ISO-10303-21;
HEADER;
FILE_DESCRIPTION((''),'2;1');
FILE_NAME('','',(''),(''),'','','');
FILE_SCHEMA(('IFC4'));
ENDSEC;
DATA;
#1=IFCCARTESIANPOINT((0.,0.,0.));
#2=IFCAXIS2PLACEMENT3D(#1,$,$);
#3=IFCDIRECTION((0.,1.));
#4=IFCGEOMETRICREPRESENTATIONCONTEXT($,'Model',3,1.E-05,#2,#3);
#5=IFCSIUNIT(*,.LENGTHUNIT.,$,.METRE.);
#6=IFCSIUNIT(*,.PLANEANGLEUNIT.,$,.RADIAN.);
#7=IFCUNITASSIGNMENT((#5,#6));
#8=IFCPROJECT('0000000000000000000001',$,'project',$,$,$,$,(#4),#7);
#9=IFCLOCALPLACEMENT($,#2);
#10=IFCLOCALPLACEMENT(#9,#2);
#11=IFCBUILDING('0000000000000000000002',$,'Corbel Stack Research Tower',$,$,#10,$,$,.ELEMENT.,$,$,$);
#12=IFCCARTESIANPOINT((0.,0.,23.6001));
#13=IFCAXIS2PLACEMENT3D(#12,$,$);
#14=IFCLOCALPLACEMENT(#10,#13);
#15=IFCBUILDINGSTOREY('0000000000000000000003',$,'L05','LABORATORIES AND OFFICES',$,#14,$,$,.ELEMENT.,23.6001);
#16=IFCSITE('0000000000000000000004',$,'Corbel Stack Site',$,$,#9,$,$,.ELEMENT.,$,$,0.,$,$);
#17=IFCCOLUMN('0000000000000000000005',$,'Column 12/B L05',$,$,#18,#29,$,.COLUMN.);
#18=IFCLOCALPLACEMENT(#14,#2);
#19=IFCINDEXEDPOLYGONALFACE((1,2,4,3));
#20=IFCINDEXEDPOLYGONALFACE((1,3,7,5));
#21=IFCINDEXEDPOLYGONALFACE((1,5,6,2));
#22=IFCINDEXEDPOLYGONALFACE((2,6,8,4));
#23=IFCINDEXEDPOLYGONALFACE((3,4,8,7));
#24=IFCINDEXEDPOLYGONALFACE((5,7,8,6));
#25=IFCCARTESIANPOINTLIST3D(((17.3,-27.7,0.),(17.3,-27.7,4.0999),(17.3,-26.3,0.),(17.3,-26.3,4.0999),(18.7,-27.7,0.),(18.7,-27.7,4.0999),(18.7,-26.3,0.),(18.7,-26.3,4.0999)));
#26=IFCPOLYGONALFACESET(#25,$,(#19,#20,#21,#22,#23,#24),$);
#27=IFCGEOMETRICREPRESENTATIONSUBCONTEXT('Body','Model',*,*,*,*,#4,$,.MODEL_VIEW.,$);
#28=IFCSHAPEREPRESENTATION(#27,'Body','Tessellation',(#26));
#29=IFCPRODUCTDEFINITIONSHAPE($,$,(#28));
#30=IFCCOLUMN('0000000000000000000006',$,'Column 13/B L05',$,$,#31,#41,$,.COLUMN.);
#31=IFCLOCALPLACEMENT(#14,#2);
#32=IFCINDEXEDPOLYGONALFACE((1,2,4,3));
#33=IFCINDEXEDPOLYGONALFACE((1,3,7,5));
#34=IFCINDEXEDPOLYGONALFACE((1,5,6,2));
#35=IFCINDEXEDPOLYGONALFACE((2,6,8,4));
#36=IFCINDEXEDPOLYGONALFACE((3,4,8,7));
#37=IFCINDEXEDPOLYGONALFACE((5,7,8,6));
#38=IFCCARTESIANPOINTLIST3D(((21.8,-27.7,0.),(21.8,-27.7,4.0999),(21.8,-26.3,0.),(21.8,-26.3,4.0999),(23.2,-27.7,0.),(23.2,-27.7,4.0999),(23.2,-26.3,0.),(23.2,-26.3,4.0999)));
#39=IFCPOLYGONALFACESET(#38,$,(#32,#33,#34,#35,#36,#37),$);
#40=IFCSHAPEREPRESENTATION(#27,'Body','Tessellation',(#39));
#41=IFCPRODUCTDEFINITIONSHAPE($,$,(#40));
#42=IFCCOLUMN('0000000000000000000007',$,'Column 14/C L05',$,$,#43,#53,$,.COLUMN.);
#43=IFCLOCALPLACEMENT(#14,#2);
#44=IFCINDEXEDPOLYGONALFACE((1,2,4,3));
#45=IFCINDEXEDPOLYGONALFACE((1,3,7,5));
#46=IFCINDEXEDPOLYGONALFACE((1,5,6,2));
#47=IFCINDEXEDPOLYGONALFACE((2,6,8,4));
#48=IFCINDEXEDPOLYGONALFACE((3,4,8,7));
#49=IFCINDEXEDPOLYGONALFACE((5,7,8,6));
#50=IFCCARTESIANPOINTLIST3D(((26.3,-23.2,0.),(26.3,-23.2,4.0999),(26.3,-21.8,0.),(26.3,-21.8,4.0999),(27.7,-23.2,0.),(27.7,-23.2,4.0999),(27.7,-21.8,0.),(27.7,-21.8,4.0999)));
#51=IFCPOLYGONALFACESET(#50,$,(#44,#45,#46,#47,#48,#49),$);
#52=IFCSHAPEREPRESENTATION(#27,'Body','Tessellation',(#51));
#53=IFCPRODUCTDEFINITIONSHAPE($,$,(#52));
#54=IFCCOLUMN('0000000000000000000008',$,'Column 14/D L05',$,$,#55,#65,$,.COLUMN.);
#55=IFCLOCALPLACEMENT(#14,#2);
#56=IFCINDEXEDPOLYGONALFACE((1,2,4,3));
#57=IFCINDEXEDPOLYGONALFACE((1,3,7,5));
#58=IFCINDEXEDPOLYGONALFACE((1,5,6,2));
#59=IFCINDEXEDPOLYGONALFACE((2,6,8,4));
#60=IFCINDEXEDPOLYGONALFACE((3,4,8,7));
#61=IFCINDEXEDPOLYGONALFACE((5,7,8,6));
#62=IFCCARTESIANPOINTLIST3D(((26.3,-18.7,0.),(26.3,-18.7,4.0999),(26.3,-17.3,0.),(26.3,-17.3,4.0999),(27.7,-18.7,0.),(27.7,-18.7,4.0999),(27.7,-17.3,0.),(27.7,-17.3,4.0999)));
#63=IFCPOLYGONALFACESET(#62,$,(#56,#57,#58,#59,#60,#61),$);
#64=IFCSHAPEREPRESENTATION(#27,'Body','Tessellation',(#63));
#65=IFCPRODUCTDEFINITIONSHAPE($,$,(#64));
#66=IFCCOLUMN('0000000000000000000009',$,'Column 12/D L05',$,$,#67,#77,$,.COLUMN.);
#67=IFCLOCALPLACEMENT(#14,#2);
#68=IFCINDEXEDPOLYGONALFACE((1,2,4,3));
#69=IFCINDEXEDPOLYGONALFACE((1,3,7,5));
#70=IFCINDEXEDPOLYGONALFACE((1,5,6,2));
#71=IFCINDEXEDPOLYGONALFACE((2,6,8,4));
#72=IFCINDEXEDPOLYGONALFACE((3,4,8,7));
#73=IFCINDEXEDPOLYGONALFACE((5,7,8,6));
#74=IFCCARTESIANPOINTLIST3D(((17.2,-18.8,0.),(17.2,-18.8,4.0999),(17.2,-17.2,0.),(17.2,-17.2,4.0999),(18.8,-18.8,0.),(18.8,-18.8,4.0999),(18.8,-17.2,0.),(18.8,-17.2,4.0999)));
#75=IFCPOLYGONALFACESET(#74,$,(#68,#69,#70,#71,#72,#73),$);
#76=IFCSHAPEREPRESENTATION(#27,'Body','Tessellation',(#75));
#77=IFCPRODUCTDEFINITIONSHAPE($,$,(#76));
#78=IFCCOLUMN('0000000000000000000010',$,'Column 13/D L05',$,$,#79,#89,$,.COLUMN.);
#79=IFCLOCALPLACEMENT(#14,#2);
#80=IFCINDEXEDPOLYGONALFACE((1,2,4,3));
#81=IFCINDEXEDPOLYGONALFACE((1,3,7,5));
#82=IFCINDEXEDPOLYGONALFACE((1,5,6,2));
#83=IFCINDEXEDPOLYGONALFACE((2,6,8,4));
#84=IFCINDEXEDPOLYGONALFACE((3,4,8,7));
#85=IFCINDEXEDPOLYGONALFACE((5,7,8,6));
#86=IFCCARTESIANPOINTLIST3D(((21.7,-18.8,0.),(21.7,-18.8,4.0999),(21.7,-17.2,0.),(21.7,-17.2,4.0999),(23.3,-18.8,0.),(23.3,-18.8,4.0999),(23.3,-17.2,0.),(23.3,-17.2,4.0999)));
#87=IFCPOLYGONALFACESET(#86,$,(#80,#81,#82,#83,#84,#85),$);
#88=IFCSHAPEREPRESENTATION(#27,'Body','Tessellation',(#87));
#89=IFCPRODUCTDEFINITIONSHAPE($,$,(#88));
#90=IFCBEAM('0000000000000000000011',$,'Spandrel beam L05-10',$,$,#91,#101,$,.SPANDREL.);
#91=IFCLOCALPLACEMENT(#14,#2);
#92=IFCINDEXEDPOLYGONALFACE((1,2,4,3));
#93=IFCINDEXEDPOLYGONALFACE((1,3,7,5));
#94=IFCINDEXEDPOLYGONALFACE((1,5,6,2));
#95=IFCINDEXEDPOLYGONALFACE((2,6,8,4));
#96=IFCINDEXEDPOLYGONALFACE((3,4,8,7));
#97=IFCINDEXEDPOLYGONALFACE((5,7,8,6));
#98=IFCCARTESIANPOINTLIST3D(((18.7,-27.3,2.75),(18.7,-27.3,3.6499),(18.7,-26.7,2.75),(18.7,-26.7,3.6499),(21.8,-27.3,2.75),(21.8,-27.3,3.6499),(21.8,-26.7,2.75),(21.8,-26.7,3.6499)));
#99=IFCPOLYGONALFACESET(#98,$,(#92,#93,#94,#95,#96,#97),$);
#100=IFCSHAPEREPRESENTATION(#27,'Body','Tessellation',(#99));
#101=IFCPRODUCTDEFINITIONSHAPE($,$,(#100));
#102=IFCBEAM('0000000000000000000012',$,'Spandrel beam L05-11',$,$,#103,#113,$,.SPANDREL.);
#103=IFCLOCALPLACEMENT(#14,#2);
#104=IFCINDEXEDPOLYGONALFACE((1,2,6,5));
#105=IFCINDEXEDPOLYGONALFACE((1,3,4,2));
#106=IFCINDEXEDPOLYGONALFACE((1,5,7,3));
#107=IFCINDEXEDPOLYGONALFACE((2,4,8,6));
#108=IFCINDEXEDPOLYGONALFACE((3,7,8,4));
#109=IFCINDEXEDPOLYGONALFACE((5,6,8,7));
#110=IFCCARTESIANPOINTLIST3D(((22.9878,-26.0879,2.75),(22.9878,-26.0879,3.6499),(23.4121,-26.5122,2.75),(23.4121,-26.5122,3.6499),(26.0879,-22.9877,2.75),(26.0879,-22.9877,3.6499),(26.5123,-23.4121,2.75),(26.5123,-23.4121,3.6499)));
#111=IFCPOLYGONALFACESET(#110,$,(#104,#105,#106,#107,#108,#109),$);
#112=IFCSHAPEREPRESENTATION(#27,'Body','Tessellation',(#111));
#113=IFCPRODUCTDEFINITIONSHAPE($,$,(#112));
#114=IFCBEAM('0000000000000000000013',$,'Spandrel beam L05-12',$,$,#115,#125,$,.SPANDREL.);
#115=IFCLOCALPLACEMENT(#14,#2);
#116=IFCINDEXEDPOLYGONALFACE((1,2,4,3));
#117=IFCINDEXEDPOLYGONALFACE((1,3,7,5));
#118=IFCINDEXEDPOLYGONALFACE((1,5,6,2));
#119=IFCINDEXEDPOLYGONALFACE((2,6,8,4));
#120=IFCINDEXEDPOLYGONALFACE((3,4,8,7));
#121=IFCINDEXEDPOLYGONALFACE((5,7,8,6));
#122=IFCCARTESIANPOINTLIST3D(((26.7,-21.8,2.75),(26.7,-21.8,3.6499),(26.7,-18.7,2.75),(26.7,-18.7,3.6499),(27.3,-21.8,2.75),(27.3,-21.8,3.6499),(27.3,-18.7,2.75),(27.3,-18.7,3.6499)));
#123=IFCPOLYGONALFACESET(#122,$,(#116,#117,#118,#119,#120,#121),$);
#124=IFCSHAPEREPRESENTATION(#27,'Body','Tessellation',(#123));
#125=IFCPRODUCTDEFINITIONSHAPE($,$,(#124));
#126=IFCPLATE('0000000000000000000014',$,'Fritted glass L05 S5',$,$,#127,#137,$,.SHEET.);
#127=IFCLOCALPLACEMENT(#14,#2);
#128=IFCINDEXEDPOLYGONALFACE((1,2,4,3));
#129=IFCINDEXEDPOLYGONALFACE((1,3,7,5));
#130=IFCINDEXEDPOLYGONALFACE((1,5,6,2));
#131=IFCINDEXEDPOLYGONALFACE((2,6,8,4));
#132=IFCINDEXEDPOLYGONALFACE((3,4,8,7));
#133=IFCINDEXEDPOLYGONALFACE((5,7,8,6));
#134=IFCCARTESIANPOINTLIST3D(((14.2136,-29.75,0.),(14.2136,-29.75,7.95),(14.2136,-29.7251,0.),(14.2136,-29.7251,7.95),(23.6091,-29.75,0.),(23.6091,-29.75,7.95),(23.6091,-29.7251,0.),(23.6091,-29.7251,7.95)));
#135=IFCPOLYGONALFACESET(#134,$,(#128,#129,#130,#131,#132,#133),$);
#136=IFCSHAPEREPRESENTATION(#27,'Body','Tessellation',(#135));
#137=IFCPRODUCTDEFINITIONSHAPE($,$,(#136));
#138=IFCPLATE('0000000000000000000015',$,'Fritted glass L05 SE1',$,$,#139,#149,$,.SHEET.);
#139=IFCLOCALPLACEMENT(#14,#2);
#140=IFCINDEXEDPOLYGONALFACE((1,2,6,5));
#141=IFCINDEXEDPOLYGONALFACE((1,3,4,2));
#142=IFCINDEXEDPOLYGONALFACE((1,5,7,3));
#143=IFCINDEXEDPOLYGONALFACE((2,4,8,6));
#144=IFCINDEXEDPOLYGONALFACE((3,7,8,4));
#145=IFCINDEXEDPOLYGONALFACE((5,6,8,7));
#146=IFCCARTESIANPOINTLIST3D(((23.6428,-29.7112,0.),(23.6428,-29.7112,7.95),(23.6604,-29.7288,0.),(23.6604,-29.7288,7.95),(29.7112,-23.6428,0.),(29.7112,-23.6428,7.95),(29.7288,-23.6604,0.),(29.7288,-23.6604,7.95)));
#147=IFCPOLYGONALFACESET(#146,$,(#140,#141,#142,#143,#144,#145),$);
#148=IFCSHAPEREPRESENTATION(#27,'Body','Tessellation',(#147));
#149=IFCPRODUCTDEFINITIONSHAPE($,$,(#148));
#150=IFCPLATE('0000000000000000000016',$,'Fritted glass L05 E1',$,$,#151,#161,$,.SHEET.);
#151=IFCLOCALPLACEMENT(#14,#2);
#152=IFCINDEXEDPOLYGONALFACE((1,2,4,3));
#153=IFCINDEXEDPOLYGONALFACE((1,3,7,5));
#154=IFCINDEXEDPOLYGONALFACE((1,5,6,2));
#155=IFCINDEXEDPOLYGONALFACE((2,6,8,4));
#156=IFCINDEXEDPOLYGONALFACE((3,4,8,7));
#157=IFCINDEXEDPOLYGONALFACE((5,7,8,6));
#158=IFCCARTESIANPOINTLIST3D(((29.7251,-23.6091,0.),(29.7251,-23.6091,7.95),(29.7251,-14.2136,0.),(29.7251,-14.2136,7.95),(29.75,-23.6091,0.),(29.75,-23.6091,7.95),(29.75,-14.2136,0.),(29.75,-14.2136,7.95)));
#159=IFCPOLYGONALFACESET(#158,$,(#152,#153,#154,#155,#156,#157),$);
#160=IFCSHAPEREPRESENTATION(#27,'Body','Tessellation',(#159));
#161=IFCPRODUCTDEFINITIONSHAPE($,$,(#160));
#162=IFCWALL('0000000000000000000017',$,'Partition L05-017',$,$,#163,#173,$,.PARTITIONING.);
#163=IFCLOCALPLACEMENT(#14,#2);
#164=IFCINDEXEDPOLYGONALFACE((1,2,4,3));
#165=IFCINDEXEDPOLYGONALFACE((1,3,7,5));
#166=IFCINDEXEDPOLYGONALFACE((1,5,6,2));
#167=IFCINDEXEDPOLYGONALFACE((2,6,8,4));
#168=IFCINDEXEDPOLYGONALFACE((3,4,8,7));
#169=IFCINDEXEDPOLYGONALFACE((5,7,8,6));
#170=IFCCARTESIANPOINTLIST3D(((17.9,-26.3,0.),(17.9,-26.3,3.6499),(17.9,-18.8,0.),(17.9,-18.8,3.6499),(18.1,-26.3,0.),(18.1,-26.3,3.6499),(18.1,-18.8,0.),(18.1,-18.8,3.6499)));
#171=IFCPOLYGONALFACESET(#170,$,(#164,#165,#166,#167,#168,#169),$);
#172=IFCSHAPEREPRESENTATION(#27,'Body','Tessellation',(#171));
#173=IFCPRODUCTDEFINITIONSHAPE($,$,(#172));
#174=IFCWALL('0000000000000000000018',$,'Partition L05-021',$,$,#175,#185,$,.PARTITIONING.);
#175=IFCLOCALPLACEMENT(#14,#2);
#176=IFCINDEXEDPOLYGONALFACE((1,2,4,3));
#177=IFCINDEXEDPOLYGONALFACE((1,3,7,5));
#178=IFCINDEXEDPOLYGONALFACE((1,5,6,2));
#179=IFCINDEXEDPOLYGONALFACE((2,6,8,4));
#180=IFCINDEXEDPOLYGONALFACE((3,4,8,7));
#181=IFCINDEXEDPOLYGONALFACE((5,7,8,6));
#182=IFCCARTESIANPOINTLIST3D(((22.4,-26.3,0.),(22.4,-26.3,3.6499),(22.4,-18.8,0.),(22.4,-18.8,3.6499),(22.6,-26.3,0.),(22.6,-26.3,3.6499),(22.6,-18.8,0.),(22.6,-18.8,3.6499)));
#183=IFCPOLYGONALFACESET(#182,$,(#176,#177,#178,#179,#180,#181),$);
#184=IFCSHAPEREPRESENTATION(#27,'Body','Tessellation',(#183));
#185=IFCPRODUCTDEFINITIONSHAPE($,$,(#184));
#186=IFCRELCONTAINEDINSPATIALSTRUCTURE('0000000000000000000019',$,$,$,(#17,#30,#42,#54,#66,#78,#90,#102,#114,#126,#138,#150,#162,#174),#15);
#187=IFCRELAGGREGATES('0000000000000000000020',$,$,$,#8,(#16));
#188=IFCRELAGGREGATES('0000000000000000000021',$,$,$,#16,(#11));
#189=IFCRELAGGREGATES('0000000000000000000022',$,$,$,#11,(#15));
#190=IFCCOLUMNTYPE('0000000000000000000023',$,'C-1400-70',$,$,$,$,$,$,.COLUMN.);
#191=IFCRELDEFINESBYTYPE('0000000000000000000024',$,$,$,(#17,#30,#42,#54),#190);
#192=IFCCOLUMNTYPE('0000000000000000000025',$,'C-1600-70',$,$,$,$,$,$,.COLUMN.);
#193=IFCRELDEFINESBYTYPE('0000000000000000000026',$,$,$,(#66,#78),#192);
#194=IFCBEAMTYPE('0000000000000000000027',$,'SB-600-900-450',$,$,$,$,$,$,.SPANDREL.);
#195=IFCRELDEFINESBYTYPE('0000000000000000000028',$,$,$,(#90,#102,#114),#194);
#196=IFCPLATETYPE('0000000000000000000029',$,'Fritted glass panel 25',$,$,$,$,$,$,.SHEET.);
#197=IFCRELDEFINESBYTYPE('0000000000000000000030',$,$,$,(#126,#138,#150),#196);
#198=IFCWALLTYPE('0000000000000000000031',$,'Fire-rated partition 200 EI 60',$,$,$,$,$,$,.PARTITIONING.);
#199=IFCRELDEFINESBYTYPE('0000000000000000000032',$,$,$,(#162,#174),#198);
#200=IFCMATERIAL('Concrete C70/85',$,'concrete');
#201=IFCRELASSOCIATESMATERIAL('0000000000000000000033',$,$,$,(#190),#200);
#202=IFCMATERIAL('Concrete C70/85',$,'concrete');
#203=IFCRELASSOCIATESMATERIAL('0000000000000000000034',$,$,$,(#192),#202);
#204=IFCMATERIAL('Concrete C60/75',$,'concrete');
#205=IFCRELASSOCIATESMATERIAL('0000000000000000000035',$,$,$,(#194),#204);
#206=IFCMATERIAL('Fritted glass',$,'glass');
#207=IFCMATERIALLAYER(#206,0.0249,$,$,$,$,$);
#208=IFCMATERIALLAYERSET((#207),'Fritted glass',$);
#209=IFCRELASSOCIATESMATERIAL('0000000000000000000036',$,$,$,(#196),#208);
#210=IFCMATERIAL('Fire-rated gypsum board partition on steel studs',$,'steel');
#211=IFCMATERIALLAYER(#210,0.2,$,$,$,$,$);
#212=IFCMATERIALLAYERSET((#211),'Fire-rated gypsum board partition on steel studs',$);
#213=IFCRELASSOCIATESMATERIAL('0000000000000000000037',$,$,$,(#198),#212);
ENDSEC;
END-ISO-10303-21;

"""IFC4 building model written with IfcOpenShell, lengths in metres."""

from ifc_helpers import new_model, si_unit, direction, frame, frame_2d, origin, origin_2d, place, context, subcontext, project, spatial, rectangle, extrude, material, layer, layer_set, material_profile, profile_set, type_object, element, save


model = new_model("IFC4")

# Units and contexts
model_context = context("Model", 3, precision=1e-05, world=origin(), true_north=direction((0.0, 1.0)))
body_context = subcontext(model_context, "Body", "Model", "MODEL_VIEW")
ifc_project = project(units=[si_unit("LENGTHUNIT", "METRE"), si_unit("PLANEANGLEUNIT", "RADIAN")], contexts=[model_context])

# Site, building, storey
site_placement = place(None, origin())
site = spatial("IfcSite", under=ifc_project, at=site_placement, Name="Corbel Stack Site", CompositionType="ELEMENT", RefElevation=0.0)
building_placement = place(site_placement, origin())
building = spatial("IfcBuilding", under=site, at=building_placement, Name="Corbel Stack Research Tower", CompositionType="ELEMENT")
storey_placement = place(building_placement, frame((0.0, 0.0, 23.6001)))
storey = spatial("IfcBuildingStorey", under=building, at=storey_placement, Name="L05", Description="LABORATORIES AND OFFICES", CompositionType="ELEMENT", Elevation=23.6001)

# Columns
ifc_material_1 = material(Name="Concrete C70/85", Category="concrete")
ifc_material_profile_1 = material_profile(ifc_material_1, rectangle(XDim=1.3999, YDim=1.3999, at=origin_2d()), Name="RC 1400 x 1400")
ifc_profile_set_1 = profile_set([ifc_material_profile_1], Name="Concrete C70/85")
column_type_1 = type_object("IfcColumnType", Name="C-1400-70", PredefinedType="COLUMN", material=ifc_profile_set_1)
for number, where, z_axis, x_axis, name in (
    (1, (18.0, -27.0, 0.0), (0.0, 0.0, 1.0), (1.0, 0.0, 0.0), "Column 12/B L05"),
    (2, (22.5, -27.0, 0.0), (0.0, 0.0, 1.0), (1.0, 0.0, 0.0), "Column 13/B L05"),
    (3, (27.0, -22.5, 0.0), (0.0, 0.0, 1.0), (1.0, 0.0, 0.0), "Column 14/C L05"),
    (4, (27.0, -18.0, 0.0), (0.0, 0.0, 1.0), (1.0, 0.0, 0.0), "Column 14/D L05"),
):
    element("IfcColumn", number, at=place(storey_placement, frame(where, z_axis=z_axis, x_axis=x_axis)), inside=storey, type_object=column_type_1, Name=name, PredefinedType="COLUMN", context=body_context, shape_type="SweptSolid", body=[
        extrude(rectangle(XDim=1.3999, YDim=1.3999, at=origin_2d()), origin(), (0.0, 0.0, 1.0), 4.0999),
    ])
ifc_material_2 = material(Name="Concrete C70/85", Category="concrete")
ifc_material_profile_2 = material_profile(ifc_material_2, rectangle(XDim=1.6001, YDim=1.6001, at=origin_2d()), Name="RC 1600 x 1600")
ifc_profile_set_2 = profile_set([ifc_material_profile_2], Name="Concrete C70/85")
column_type_2 = type_object("IfcColumnType", Name="C-1600-70", PredefinedType="COLUMN", material=ifc_profile_set_2)
for number, where, z_axis, x_axis, name in (
    (5, (18.0, -18.0, 0.0), (0.0, 0.0, 1.0), (1.0, 0.0, 0.0), "Column 12/D L05"),
    (6, (22.5, -18.0, 0.0), (0.0, 0.0, 1.0), (1.0, 0.0, 0.0), "Column 13/D L05"),
):
    element("IfcColumn", number, at=place(storey_placement, frame(where, z_axis=z_axis, x_axis=x_axis)), inside=storey, type_object=column_type_2, Name=name, PredefinedType="COLUMN", context=body_context, shape_type="SweptSolid", body=[
        extrude(rectangle(XDim=1.6001, YDim=1.6001, at=origin_2d()), origin(), (0.0, 0.0, 1.0), 4.0999),
    ])

# Beams
ifc_material_3 = material(Name="Concrete C60/75", Category="concrete")
ifc_material_profile_3 = material_profile(ifc_material_3, rectangle(XDim=0.6001, YDim=0.8999, at=origin_2d()), Name="RC 600 x 900")
ifc_profile_set_3 = profile_set([ifc_material_profile_3], Name="Concrete C60/75")
beam_type = type_object("IfcBeamType", Name="SB-600-900-450", PredefinedType="SPANDREL", material=ifc_profile_set_3)
beam_1_placement = place(storey_placement, frame((18.7, -27.0, 3.2), z_axis=(1.0, 0.0, 0.0), x_axis=(0.0, 1.0, 0.0)))
element("IfcBeam", 7, at=beam_1_placement, inside=storey, type_object=beam_type, Name="Spandrel beam L05-10", PredefinedType="SPANDREL", context=body_context, shape_type="SweptSolid", body=[
    extrude(rectangle(XDim=0.6001, YDim=0.8999, at=origin_2d()), origin(), (0.0, 0.0, 1.0), 3.1001),
])
beam_2_placement = place(storey_placement, frame((23.2, -26.3, 3.2), z_axis=(0.707107, 0.707107, 0.0), x_axis=(-0.707107, 0.707107, 0.0)))
element("IfcBeam", 8, at=beam_2_placement, inside=storey, type_object=beam_type, Name="Spandrel beam L05-11", PredefinedType="SPANDREL", context=body_context, shape_type="SweptSolid", body=[
    extrude(rectangle(XDim=0.6001, YDim=0.8999, at=origin_2d()), origin(), (0.0, 0.0, 1.0), 4.3843),
])
beam_3_placement = place(storey_placement, frame((27.0, -21.8, 3.2), z_axis=(0.0, 1.0, 0.0), x_axis=(-1.0, 0.0, 0.0)))
element("IfcBeam", 9, at=beam_3_placement, inside=storey, type_object=beam_type, Name="Spandrel beam L05-12", PredefinedType="SPANDREL", context=body_context, shape_type="SweptSolid", body=[
    extrude(rectangle(XDim=0.6001, YDim=0.8999, at=origin_2d()), origin(), (0.0, 0.0, 1.0), 3.1001),
])

# Plates
ifc_material_4 = material(Name="Fritted glass", Category="glass")
ifc_layer_1 = layer(ifc_material_4, 0.0249)
ifc_layer_set_1 = layer_set([ifc_layer_1], Name="Fritted glass")
plate_type = type_object("IfcPlateType", Name="Fritted glass panel 25", PredefinedType="SHEET", material=ifc_layer_set_1)
plate_1_placement = place(storey_placement, frame((18.9114, -29.7375, 0.0), z_axis=(0.0, 0.0, 1.0), x_axis=(1.0, 0.0, 0.0)))
element("IfcPlate", 10, at=plate_1_placement, inside=storey, type_object=plate_type, Name="Fritted glass L05 S5", PredefinedType="SHEET", context=body_context, shape_type="SweptSolid", body=[
    extrude(rectangle(XDim=9.3955, YDim=0.0249, at=origin_2d()), origin(), (0.0, 0.0, 1.0), 7.95),
])
plate_2_placement = place(storey_placement, frame((26.6858, -26.6858, 0.0), z_axis=(0.0, 0.0, 1.0), x_axis=(0.707107, 0.707107, 0.0)))
element("IfcPlate", 11, at=plate_2_placement, inside=storey, type_object=plate_type, Name="Fritted glass L05 SE1", PredefinedType="SHEET", context=body_context, shape_type="SweptSolid", body=[
    extrude(rectangle(XDim=8.582, YDim=0.0249, at=origin_2d()), origin(), (0.0, 0.0, 1.0), 7.95),
])
plate_3_placement = place(storey_placement, frame((29.7375, -18.9114, 0.0), z_axis=(0.0, 0.0, 1.0), x_axis=(0.0, 1.0, 0.0)))
element("IfcPlate", 12, at=plate_3_placement, inside=storey, type_object=plate_type, Name="Fritted glass L05 E1", PredefinedType="SHEET", context=body_context, shape_type="SweptSolid", body=[
    extrude(rectangle(XDim=9.3955, YDim=0.0249, at=origin_2d()), origin(), (0.0, 0.0, 1.0), 7.95),
])

# Walls
ifc_material_5 = material(Name="Fire-rated gypsum board partition on steel studs", Category="steel")
ifc_layer_2 = layer(ifc_material_5, 0.2)
ifc_layer_set_2 = layer_set([ifc_layer_2], Name="Fire-rated gypsum board partition on steel studs")
wall_type_1 = type_object("IfcWallType", Name="Fire-rated partition 200 EI 60", PredefinedType="PARTITIONING", material=ifc_layer_set_2)
for number, where, z_axis, x_axis, name in (
    (13, (18.0, -26.3, 0.0), (0.0, 0.0, 1.0), (0.0, 1.0, 0.0), "Partition L05-017"),
    (14, (22.5, -26.3, 0.0), (0.0, 0.0, 1.0), (0.0, 1.0, 0.0), "Partition L05-021"),
):
    element("IfcWall", number, at=place(storey_placement, frame(where, z_axis=z_axis, x_axis=x_axis)), inside=storey, type_object=wall_type_1, Name=name, PredefinedType="PARTITIONING", context=body_context, shape_type="SweptSolid", body=[
        extrude(rectangle(XDim=7.5, YDim=0.2, at=frame_2d((3.75, 0.0))), origin(), (0.0, 0.0, 1.0), 3.6499),
    ])

save(model, "model.ifc")
